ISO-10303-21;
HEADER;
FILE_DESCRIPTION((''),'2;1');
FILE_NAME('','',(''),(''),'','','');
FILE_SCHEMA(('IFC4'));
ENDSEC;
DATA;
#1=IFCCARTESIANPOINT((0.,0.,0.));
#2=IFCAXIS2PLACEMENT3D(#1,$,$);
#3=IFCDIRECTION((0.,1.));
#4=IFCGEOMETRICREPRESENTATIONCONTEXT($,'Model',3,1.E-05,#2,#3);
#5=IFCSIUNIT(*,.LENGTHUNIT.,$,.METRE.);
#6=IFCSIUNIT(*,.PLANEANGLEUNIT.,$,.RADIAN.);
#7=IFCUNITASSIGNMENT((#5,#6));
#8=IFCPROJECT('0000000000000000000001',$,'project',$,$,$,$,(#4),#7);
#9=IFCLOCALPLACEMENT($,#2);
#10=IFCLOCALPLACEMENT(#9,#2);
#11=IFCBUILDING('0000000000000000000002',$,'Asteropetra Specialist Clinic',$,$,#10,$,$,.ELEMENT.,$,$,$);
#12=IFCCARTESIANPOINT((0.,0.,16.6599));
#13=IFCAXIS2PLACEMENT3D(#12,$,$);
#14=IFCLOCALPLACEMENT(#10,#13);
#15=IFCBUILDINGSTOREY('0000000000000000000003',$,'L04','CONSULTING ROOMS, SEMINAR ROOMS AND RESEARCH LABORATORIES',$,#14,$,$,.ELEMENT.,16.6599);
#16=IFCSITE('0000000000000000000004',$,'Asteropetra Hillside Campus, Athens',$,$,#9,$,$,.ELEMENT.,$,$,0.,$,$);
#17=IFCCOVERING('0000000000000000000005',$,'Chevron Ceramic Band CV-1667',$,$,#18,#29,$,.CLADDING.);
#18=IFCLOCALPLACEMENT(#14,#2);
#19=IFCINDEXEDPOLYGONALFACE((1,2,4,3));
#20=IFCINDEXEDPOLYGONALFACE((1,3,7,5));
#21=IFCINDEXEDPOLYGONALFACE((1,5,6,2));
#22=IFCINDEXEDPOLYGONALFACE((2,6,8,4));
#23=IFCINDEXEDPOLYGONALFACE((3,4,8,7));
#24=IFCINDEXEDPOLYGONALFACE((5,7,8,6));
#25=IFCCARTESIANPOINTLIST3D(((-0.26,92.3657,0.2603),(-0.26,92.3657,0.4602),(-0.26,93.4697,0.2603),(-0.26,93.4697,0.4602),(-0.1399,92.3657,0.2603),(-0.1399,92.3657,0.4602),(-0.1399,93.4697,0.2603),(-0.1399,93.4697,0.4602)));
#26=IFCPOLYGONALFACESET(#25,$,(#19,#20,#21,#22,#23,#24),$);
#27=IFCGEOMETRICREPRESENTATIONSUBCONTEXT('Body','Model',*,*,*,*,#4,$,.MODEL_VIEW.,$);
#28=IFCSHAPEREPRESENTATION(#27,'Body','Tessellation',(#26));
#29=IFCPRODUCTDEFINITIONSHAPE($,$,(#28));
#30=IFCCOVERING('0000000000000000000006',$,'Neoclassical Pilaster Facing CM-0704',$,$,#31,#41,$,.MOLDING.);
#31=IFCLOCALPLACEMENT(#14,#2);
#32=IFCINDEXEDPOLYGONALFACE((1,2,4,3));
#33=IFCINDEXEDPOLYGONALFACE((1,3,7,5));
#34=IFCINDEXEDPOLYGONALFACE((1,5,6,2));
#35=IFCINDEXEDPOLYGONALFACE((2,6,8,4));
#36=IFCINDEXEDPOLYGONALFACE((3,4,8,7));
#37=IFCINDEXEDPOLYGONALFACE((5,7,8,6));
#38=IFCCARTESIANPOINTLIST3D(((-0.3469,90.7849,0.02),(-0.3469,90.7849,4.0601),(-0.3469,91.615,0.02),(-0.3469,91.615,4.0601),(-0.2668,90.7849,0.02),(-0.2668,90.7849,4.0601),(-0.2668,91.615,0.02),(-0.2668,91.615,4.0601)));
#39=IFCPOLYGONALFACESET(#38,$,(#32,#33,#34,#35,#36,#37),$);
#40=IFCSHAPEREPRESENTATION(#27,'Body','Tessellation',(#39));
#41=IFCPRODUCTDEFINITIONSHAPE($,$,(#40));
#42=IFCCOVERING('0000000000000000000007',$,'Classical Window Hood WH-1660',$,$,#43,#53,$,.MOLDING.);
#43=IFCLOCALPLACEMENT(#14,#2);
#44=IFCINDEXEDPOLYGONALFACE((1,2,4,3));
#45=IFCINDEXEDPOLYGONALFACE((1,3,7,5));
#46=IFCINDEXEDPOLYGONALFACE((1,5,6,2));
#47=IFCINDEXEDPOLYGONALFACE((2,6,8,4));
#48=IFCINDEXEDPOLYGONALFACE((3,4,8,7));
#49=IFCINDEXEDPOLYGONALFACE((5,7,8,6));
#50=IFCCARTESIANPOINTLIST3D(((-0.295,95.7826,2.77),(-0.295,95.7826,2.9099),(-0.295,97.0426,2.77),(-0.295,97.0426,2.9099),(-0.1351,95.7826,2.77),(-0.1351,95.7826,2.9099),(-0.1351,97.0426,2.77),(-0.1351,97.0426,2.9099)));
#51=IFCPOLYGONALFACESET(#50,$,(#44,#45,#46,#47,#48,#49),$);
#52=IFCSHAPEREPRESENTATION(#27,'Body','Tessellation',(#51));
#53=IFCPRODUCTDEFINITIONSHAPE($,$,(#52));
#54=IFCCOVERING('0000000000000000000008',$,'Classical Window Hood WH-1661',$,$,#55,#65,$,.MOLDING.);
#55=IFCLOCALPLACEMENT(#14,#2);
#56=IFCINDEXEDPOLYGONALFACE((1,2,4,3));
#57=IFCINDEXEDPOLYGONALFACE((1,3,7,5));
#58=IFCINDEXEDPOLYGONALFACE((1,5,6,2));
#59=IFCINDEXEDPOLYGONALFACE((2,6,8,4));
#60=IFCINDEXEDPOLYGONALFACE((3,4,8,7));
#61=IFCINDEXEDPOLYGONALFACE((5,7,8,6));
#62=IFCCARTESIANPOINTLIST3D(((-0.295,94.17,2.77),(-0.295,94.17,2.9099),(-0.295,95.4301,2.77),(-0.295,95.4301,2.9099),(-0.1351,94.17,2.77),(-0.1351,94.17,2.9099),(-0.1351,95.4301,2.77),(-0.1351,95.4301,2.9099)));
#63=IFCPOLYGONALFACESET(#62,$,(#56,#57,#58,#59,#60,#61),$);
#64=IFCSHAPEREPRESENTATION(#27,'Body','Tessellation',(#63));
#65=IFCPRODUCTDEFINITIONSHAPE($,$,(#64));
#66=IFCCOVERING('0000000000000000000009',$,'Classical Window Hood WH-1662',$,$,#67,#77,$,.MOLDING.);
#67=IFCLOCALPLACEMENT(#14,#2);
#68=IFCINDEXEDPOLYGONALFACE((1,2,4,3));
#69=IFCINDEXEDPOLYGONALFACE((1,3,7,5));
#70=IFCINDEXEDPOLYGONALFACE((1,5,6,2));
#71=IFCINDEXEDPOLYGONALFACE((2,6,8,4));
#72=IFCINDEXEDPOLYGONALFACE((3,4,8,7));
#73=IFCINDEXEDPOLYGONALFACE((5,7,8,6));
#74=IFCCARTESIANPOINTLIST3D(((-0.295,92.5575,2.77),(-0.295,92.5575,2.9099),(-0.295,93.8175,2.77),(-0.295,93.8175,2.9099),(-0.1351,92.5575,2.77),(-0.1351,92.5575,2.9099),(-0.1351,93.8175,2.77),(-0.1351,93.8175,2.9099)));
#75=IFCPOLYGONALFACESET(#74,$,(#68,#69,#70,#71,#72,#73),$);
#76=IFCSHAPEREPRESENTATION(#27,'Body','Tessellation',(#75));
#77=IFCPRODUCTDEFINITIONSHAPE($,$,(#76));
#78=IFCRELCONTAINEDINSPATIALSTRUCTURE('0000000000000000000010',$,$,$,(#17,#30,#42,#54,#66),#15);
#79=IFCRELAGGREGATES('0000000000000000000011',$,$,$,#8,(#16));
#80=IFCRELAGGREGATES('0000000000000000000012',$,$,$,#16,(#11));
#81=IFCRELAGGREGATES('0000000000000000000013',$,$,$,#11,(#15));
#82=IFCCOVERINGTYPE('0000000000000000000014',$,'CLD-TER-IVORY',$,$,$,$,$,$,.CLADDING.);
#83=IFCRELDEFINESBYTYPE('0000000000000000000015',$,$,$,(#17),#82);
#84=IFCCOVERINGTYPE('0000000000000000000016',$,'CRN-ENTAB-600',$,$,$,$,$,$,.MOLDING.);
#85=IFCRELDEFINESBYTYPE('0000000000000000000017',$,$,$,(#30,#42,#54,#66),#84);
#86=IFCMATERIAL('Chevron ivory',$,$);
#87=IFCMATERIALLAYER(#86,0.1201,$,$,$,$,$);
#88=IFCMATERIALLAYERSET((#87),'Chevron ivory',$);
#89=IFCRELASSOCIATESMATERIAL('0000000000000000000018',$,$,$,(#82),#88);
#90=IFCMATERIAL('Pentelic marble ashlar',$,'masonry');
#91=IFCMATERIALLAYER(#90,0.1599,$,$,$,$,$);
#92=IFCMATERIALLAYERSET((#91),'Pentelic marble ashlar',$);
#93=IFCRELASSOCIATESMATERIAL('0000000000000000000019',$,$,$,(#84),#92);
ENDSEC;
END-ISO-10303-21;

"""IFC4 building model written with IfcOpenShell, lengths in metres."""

from ifc_helpers import new_model, si_unit, direction, frame, origin, origin_2d, place, context, subcontext, project, spatial, rectangle, extrude, material, layer, layer_set, type_object, element, save


model = new_model("IFC4")

# Units and contexts
model_context = context("Model", 3, precision=1e-05, world=origin(), true_north=direction((0.0, 1.0)))
body_context = subcontext(model_context, "Body", "Model", "MODEL_VIEW")
ifc_project = project(units=[si_unit("LENGTHUNIT", "METRE"), si_unit("PLANEANGLEUNIT", "RADIAN")], contexts=[model_context])

# Site, building, storey
site_placement = place(None, origin())
site = spatial("IfcSite", under=ifc_project, at=site_placement, Name="Asteropetra Hillside Campus, Athens", CompositionType="ELEMENT", RefElevation=0.0)
building_placement = place(site_placement, origin())
building = spatial("IfcBuilding", under=site, at=building_placement, Name="Asteropetra Specialist Clinic", CompositionType="ELEMENT")
storey_placement = place(building_placement, frame((0.0, 0.0, 16.6599)))
storey = spatial("IfcBuildingStorey", under=building, at=storey_placement, Name="L04", Description="CONSULTING ROOMS, SEMINAR ROOMS AND RESEARCH LABORATORIES", CompositionType="ELEMENT", Elevation=16.6599)

# Coverings
ifc_material_1 = material(Name="Chevron ivory")
ifc_layer_1 = layer(ifc_material_1, 0.1201)
ifc_layer_set_1 = layer_set([ifc_layer_1], Name="Chevron ivory")
covering_type_1 = type_object("IfcCoveringType", Name="CLD-TER-IVORY", PredefinedType="CLADDING", material=ifc_layer_set_1)
for number, where, z_axis, x_axis, name in (
    (1, (-0.2, 92.9177, 0.2603), (0.0, 0.0, 1.0), (1.0, 0.0, 0.0), "Chevron Ceramic Band CV-1667"),
):
    element("IfcCovering", number, at=place(storey_placement, frame(where, z_axis=z_axis, x_axis=x_axis)), inside=storey, type_object=covering_type_1, Name=name, PredefinedType="CLADDING", context=body_context, shape_type="SweptSolid", body=[
        extrude(rectangle(XDim=0.1201, YDim=1.104, at=origin_2d()), origin(), (0.0, 0.0, 1.0), 0.2),
    ])
ifc_material_2 = material(Name="Pentelic marble ashlar", Category="masonry")
ifc_layer_2 = layer(ifc_material_2, 0.1599)
ifc_layer_set_2 = layer_set([ifc_layer_2], Name="Pentelic marble ashlar")
covering_type_2 = type_object("IfcCoveringType", Name="CRN-ENTAB-600", PredefinedType="MOLDING", material=ifc_layer_set_2)
covering_1_placement = place(storey_placement, frame((-0.3069, 91.2, 0.02), z_axis=(0.0, 0.0, 1.0), x_axis=(1.0, 0.0, 0.0)))
element("IfcCovering", 2, at=covering_1_placement, inside=storey, type_object=covering_type_2, Name="Neoclassical Pilaster Facing CM-0704", PredefinedType="MOLDING", context=body_context, shape_type="SweptSolid", body=[
    extrude(rectangle(XDim=0.0801, YDim=0.8301, at=origin_2d()), origin(), (0.0, 0.0, 1.0), 4.04),
])
for number, where, z_axis, x_axis, name in (
    (3, (-0.2151, 96.4126, 2.77), (0.0, 0.0, 1.0), (1.0, 0.0, 0.0), "Classical Window Hood WH-1660"),
    (4, (-0.2151, 94.8, 2.77), (0.0, 0.0, 1.0), (1.0, 0.0, 0.0), "Classical Window Hood WH-1661"),
    (5, (-0.2151, 93.1875, 2.77), (0.0, 0.0, 1.0), (1.0, 0.0, 0.0), "Classical Window Hood WH-1662"),
):
    element("IfcCovering", number, at=place(storey_placement, frame(where, z_axis=z_axis, x_axis=x_axis)), inside=storey, type_object=covering_type_2, Name=name, PredefinedType="MOLDING", context=body_context, shape_type="SweptSolid", body=[
        extrude(rectangle(XDim=0.1599, YDim=1.26, at=origin_2d()), origin(), (0.0, 0.0, 1.0), 0.1399),
    ])

save(model, "model.ifc")
